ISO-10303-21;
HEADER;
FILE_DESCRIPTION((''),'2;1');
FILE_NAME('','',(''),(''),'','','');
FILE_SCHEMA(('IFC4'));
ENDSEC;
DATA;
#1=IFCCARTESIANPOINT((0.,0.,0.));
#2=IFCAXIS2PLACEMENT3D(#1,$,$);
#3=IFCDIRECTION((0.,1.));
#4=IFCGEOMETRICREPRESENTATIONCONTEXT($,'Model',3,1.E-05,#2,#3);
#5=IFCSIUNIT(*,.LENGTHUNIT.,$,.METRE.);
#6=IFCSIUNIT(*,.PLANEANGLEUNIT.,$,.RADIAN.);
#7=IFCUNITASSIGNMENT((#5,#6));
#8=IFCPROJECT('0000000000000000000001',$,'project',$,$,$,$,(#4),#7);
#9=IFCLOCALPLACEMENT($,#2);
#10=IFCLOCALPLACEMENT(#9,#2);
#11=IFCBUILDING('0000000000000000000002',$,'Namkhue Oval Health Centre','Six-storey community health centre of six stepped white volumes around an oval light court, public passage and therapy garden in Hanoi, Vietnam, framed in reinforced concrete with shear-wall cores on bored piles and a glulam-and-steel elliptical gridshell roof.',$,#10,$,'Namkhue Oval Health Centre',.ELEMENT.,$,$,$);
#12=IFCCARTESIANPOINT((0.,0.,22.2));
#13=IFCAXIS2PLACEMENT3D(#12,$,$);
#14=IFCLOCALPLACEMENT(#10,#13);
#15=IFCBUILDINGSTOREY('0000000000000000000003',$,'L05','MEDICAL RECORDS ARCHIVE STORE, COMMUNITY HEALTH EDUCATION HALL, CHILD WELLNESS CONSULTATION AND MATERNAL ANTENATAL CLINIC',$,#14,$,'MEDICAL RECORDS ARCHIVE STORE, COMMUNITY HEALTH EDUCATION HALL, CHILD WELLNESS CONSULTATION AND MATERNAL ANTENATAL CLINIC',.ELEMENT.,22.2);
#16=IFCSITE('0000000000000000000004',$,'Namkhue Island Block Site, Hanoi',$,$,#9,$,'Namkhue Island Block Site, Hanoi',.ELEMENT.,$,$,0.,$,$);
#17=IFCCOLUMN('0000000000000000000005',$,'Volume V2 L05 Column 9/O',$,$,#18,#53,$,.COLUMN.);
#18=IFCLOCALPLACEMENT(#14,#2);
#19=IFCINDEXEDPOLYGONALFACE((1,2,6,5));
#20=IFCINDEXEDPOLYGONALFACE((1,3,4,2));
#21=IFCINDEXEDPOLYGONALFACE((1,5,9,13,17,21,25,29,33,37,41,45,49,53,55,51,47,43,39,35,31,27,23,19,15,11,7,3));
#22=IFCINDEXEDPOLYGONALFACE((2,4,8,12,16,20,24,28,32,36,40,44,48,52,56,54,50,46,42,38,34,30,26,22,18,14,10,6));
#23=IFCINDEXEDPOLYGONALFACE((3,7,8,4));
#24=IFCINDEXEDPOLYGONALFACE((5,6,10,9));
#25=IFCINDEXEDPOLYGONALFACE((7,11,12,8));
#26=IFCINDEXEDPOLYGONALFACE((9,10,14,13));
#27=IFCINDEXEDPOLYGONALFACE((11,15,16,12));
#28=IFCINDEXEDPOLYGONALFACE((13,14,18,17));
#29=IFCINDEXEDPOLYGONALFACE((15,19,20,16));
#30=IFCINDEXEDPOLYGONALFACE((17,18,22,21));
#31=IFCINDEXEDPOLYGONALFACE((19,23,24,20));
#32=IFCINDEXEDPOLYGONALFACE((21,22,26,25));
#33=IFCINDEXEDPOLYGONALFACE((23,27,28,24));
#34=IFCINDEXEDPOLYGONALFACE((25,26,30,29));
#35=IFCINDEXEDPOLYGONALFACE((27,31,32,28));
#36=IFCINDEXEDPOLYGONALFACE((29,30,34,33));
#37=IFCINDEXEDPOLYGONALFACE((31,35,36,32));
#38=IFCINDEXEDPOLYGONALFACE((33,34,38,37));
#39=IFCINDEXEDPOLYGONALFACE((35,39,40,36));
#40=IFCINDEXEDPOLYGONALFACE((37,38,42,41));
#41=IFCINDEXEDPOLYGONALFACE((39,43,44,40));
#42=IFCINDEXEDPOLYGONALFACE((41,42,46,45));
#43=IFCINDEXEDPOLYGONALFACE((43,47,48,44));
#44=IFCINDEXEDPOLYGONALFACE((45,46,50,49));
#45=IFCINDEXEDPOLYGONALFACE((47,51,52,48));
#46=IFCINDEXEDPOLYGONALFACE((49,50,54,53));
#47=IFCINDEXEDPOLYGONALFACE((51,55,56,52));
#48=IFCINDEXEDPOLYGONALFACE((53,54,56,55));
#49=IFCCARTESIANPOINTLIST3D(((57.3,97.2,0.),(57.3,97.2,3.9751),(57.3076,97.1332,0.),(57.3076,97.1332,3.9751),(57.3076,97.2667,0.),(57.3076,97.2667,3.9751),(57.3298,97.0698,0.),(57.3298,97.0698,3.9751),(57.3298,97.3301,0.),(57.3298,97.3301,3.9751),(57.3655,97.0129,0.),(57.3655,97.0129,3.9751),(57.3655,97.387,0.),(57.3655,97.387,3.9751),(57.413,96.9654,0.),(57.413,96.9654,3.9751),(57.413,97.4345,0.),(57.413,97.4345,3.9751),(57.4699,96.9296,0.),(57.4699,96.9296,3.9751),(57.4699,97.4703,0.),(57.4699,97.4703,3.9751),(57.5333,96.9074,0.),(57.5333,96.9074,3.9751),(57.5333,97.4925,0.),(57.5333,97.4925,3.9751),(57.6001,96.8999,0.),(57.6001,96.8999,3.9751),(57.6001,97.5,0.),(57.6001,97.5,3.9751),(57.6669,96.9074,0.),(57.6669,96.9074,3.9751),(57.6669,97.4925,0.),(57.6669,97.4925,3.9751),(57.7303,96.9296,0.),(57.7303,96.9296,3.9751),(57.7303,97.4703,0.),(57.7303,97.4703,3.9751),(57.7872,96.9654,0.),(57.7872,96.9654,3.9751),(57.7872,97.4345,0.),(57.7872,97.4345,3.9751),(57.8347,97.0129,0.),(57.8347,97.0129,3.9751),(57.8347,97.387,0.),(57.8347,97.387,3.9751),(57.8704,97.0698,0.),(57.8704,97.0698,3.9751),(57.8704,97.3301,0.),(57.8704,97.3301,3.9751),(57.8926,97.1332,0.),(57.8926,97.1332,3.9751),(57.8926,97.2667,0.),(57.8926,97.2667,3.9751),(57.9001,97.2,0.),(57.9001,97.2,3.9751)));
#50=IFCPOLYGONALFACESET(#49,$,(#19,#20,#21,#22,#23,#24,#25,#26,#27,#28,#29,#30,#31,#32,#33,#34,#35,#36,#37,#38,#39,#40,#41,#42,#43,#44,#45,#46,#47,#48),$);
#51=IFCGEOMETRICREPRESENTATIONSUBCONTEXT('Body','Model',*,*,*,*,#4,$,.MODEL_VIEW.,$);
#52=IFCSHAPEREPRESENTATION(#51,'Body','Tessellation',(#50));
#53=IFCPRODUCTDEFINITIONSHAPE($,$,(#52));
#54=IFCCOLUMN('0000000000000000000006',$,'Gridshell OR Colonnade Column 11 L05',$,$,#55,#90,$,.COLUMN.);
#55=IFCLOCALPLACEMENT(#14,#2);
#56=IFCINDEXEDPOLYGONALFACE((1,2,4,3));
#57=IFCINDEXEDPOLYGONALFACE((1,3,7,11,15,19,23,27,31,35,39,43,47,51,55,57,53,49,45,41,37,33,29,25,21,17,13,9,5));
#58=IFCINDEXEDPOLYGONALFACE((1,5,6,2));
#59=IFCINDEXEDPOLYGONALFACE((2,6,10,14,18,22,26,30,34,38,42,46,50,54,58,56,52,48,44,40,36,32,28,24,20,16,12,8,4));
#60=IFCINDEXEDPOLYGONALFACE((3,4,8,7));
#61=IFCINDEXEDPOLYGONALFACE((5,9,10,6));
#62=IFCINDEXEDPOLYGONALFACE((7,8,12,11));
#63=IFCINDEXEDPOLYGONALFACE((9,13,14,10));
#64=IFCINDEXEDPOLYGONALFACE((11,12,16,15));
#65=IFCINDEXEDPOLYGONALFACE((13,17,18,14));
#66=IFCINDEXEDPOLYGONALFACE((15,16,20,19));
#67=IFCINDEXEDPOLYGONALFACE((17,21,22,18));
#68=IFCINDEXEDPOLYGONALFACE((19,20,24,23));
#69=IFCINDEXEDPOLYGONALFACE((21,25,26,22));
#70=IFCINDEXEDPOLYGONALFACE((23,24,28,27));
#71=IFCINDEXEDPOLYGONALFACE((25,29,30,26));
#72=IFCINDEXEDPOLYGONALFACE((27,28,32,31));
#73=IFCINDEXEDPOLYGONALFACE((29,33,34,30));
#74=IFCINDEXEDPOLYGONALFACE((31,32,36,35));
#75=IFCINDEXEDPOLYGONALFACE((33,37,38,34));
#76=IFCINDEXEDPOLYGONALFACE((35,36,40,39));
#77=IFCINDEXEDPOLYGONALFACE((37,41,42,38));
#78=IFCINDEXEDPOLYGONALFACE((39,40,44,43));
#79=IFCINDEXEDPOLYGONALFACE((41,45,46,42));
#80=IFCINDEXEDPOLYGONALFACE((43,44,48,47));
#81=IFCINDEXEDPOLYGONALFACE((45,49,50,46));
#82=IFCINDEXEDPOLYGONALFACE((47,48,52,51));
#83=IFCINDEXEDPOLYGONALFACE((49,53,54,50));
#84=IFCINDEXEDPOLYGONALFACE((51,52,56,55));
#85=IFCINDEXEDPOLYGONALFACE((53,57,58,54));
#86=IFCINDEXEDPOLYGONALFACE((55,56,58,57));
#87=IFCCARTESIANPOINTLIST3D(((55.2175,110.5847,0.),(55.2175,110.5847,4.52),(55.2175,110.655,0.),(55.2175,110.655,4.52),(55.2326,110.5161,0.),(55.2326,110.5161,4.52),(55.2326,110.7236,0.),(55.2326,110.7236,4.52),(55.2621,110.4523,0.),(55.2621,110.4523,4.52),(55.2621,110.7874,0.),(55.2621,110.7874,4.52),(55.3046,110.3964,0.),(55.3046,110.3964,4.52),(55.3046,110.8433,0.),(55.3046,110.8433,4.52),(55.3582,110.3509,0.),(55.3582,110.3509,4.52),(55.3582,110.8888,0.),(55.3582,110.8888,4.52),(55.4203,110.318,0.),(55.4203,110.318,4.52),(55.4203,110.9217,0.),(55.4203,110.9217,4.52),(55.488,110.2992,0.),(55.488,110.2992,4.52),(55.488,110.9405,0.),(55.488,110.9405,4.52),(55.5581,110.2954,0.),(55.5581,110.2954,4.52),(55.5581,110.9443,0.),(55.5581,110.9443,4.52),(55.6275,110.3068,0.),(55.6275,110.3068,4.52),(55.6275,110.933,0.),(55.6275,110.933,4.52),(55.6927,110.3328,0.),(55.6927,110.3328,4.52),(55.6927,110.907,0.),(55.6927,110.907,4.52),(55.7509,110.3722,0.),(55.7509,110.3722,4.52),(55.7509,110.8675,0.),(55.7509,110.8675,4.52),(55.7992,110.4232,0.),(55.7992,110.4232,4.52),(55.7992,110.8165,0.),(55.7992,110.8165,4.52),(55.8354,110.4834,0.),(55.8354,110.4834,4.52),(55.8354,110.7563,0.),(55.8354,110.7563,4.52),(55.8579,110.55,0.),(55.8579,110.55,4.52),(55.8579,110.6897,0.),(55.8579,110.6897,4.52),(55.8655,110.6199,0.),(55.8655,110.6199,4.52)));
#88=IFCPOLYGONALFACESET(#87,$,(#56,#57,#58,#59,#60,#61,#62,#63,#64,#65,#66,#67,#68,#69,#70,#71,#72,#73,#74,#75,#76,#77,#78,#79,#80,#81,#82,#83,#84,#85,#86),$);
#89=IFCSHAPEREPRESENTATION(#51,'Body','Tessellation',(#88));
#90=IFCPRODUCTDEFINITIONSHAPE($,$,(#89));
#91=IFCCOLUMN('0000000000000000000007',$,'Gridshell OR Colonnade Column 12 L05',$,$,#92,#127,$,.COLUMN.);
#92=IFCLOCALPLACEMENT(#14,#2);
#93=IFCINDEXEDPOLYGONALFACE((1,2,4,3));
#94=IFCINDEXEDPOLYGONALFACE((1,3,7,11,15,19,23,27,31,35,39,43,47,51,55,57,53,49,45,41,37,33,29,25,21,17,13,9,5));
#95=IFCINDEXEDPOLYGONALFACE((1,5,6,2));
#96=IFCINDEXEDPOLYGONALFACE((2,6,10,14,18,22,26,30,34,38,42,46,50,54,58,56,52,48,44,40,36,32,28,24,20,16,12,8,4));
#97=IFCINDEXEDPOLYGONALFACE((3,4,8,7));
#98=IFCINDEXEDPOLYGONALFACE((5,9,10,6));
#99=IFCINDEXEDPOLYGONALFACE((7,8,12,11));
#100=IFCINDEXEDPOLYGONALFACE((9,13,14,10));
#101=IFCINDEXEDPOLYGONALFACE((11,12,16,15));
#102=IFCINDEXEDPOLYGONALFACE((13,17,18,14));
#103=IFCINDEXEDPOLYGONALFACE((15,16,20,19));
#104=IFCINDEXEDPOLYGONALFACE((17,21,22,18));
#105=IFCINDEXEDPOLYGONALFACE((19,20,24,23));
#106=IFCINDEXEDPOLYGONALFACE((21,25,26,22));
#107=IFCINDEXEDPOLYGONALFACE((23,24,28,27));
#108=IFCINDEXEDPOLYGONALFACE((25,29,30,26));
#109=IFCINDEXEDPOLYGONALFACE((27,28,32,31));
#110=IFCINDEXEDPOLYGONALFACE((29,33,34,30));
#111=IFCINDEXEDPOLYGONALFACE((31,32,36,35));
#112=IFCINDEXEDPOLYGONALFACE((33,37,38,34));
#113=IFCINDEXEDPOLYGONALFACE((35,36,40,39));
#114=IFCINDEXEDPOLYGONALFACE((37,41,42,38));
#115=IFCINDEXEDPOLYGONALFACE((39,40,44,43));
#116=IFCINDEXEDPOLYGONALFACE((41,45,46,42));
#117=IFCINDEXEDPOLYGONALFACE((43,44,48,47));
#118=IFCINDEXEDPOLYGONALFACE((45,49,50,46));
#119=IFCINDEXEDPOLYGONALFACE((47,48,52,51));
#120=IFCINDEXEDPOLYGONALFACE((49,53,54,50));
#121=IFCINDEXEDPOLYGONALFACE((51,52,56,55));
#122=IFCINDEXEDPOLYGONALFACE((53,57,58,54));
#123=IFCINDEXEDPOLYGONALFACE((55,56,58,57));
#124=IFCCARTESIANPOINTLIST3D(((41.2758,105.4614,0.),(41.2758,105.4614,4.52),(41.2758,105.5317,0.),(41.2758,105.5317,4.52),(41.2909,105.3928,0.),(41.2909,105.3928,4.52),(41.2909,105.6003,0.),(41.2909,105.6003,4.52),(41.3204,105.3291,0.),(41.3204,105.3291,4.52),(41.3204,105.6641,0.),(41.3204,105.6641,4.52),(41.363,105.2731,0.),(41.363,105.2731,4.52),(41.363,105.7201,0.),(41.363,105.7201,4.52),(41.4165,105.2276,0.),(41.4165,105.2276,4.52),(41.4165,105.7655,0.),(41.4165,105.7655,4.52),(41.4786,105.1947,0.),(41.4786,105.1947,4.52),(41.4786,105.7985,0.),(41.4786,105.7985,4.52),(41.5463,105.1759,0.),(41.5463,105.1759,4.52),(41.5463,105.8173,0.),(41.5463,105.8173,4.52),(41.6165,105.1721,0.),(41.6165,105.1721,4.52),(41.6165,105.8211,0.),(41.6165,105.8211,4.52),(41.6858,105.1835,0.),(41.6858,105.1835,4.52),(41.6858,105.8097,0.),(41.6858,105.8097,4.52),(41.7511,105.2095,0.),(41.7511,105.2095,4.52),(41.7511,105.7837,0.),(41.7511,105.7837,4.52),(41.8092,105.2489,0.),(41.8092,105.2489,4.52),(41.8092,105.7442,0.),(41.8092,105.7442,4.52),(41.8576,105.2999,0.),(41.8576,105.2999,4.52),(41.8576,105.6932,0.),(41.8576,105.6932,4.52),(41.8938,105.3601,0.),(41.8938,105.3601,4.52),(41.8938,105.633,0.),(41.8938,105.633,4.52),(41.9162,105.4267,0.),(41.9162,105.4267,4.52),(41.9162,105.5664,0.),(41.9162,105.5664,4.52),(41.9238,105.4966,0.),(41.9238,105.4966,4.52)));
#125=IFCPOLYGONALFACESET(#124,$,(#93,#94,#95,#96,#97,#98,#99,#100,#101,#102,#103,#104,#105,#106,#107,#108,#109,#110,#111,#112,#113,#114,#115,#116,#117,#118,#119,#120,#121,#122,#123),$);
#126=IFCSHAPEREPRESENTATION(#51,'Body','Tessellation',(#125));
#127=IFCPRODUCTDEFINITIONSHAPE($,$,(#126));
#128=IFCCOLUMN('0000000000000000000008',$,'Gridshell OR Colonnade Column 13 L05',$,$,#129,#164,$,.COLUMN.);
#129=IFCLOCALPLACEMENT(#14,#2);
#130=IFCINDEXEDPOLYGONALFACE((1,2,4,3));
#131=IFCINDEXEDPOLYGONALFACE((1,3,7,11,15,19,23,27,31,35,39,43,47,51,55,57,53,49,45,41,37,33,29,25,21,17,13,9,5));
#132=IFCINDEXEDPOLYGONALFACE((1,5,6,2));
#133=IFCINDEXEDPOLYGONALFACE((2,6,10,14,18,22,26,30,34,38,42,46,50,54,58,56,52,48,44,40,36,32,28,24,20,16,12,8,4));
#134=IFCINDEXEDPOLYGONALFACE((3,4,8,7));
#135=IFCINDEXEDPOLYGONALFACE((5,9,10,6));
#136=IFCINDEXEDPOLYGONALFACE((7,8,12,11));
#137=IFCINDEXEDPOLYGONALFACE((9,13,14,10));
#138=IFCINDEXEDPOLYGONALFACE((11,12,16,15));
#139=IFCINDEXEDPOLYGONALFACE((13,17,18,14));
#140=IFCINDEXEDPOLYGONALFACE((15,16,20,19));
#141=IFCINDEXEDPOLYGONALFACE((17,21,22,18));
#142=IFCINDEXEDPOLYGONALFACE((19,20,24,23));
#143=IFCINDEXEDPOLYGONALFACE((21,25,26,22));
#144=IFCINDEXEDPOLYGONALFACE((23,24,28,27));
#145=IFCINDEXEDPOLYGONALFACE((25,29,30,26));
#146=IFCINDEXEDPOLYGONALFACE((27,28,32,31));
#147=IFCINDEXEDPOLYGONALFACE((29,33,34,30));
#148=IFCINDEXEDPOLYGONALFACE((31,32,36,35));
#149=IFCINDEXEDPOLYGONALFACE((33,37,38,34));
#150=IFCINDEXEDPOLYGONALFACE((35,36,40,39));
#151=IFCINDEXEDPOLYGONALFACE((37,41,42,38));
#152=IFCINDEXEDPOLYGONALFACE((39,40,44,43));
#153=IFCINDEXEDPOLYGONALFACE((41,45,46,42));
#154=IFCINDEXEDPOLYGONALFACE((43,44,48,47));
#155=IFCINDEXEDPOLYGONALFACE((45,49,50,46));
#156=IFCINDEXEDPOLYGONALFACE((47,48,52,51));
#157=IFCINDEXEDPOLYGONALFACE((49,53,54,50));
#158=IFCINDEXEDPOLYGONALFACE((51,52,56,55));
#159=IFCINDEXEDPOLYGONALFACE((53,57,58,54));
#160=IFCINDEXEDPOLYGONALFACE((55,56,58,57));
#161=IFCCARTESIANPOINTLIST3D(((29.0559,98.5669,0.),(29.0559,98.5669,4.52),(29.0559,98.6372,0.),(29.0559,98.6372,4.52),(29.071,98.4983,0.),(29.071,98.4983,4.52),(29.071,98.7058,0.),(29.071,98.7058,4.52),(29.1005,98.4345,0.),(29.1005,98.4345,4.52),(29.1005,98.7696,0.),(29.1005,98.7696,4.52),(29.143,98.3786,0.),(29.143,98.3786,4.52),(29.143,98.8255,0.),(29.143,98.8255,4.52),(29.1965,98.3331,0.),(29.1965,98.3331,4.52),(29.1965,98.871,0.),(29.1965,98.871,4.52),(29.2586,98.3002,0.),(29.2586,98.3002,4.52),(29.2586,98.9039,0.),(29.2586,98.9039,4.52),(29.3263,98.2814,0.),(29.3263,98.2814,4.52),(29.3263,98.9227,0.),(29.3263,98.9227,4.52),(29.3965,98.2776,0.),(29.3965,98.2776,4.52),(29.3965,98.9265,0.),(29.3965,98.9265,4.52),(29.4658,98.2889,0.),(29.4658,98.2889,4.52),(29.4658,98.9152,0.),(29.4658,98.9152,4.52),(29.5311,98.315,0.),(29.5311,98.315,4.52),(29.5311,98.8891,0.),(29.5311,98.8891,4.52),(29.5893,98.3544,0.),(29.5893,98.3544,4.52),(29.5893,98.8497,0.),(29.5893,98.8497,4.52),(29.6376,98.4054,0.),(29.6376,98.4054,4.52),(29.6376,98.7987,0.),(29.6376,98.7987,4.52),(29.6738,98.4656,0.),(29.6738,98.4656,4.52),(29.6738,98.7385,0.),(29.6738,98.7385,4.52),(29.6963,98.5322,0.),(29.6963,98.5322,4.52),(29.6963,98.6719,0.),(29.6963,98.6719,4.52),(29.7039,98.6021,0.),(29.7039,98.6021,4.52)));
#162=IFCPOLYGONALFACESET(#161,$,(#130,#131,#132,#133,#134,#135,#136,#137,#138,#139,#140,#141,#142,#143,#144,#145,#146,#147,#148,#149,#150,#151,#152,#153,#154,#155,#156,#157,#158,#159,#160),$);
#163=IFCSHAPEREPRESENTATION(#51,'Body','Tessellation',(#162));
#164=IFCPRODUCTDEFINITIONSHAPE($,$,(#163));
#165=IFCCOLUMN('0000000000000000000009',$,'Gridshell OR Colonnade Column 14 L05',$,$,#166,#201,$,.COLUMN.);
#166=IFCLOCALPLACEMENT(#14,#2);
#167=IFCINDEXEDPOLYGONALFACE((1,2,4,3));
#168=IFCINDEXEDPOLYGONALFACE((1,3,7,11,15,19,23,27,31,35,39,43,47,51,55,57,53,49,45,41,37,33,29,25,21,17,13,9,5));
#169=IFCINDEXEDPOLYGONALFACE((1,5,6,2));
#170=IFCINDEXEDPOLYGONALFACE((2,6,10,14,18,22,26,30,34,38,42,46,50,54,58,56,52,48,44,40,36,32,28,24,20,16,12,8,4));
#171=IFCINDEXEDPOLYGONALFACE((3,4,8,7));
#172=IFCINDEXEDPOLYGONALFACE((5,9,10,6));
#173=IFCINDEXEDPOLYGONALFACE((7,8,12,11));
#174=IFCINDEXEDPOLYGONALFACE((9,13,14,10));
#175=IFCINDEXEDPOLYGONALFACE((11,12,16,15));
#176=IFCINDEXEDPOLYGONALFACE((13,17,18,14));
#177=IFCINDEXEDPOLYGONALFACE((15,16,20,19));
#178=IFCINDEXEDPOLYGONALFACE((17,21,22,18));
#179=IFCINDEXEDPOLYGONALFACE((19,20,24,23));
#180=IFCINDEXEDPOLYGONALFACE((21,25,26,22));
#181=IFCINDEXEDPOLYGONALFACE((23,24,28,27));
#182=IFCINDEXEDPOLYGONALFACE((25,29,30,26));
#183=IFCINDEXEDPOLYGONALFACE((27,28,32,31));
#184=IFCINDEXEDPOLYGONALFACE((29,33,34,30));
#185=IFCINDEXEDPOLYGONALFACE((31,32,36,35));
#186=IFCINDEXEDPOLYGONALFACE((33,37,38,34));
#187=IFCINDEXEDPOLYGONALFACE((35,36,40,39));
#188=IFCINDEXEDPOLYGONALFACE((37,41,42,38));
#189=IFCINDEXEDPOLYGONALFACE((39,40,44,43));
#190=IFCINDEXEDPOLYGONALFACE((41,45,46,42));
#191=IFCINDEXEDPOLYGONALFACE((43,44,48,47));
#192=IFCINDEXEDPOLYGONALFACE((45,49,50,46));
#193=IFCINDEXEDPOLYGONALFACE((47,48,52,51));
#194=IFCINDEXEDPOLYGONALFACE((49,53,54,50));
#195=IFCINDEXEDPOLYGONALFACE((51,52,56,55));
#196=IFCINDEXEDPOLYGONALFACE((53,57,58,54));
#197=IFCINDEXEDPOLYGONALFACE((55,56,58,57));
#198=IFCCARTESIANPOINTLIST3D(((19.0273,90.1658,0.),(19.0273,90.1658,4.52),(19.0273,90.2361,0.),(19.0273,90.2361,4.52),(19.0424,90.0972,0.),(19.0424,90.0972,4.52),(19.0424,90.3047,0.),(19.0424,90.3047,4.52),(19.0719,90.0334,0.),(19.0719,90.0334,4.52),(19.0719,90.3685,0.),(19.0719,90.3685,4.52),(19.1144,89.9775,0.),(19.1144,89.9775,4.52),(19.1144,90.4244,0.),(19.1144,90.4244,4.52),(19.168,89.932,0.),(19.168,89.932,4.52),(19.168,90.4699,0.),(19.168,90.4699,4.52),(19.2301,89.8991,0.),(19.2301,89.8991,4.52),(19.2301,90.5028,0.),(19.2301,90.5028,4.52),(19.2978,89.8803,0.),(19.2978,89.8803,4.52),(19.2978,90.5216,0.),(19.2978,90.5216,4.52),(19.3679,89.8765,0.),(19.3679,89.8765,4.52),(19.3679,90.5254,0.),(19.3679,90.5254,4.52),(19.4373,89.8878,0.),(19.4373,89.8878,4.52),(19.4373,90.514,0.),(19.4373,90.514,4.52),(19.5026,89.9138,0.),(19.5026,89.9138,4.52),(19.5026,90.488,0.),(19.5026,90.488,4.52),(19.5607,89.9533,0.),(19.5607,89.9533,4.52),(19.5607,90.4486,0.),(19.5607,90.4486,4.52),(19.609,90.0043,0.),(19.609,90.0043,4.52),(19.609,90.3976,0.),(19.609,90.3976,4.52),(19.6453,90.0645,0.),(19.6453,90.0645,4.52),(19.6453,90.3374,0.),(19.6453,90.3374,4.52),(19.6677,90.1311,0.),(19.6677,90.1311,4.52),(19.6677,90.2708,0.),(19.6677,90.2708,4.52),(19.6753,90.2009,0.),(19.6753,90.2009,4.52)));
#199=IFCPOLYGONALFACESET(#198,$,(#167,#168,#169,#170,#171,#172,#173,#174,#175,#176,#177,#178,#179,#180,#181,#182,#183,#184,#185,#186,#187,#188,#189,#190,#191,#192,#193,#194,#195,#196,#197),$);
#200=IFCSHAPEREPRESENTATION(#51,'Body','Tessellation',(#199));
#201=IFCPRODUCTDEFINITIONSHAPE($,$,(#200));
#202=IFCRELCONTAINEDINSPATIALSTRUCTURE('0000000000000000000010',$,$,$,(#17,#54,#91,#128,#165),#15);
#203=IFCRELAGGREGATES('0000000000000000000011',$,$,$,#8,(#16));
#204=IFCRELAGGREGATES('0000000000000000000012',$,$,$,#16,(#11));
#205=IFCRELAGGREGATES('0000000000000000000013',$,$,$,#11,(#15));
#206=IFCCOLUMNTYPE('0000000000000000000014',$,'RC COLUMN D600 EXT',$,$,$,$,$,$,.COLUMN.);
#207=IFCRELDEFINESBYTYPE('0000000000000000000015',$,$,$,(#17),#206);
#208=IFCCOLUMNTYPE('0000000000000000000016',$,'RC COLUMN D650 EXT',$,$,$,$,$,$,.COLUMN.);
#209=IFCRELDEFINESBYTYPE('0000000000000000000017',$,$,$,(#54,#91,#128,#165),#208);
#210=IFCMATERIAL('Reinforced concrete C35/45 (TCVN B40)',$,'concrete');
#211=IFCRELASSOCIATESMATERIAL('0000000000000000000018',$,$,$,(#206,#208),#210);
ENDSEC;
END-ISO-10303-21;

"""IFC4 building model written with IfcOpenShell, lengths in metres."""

from ifc_helpers import new_model, si_unit, direction, frame, origin, origin_2d, place, context, subcontext, project, spatial, circle, extrude, material, material_profile, profile_set, type_object, element, save


model = new_model("IFC4")

# Units and contexts
model_context = context("Model", 3, precision=1e-05, world=origin(), true_north=direction((0.0, 1.0)))
body_context = subcontext(model_context, "Body", "Model", "MODEL_VIEW")
ifc_project = project(units=[si_unit("LENGTHUNIT", "METRE"), si_unit("PLANEANGLEUNIT", "RADIAN")], contexts=[model_context])

# Site, building, storey
site_placement = place(None, origin())
site = spatial("IfcSite", under=ifc_project, at=site_placement, Name="Namkhue Island Block Site, Hanoi", LongName="Namkhue Island Block Site, Hanoi", CompositionType="ELEMENT", RefElevation=0.0)
building_placement = place(site_placement, origin())
building = spatial("IfcBuilding", under=site, at=building_placement, Name="Namkhue Oval Health Centre", Description="Six-storey community health centre of six stepped white volumes around an oval light court, public passage and therapy garden in Hanoi, Vietnam, framed in reinforced concrete with shear-wall cores on bored piles and a glulam-and-steel elliptical gridshell roof.", LongName="Namkhue Oval Health Centre", CompositionType="ELEMENT")
storey_placement = place(building_placement, frame((0.0, 0.0, 22.2)))
storey = spatial("IfcBuildingStorey", under=building, at=storey_placement, Name="L05", Description="MEDICAL RECORDS ARCHIVE STORE, COMMUNITY HEALTH EDUCATION HALL, CHILD WELLNESS CONSULTATION AND MATERNAL ANTENATAL CLINIC", LongName="MEDICAL RECORDS ARCHIVE STORE, COMMUNITY HEALTH EDUCATION HALL, CHILD WELLNESS CONSULTATION AND MATERNAL ANTENATAL CLINIC", CompositionType="ELEMENT", Elevation=22.2)

# Columns
ifc_material_1 = material(Name="Reinforced concrete C35/45 (TCVN B40)", Category="concrete")
ifc_material_profile_1 = material_profile(ifc_material_1, circle(Radius=0.3, at=origin_2d()), Name="RC D600")
ifc_profile_set_1 = profile_set([ifc_material_profile_1], Name="Reinforced concrete C35/45 (TCVN B40)")
column_type_1 = type_object("IfcColumnType", Name="RC COLUMN D600 EXT", PredefinedType="COLUMN", material=ifc_profile_set_1)
column_placement = place(storey_placement, frame((57.6001, 97.2, 0.0), z_axis=(0.0, 0.0, 1.0), x_axis=(1.0, 0.0, 0.0)))
element("IfcColumn", 1, at=column_placement, inside=storey, type_object=column_type_1, Name="Volume V2 L05 Column 9/O", PredefinedType="COLUMN", context=body_context, shape_type="SweptSolid", body=[
    extrude(circle(Radius=0.3, at=origin_2d()), origin(), (0.0, 0.0, 1.0), 3.9751),
])
ifc_material_profile_2 = material_profile(ifc_material_1, circle(Radius=0.325, at=origin_2d()), Name="RC D650")
ifc_profile_set_2 = profile_set([ifc_material_profile_2], Name="Reinforced concrete C35/45 (TCVN B40)")
column_type_2 = type_object("IfcColumnType", Name="RC COLUMN D650 EXT", PredefinedType="COLUMN", material=ifc_profile_set_2)
for number, where, z_axis, x_axis, name in (
    (2, (55.5405, 110.6199, 0.0), (0.0, 0.0, 1.0), (1.0, 0.0, 0.0), "Gridshell OR Colonnade Column 11 L05"),
    (3, (41.5989, 105.4966, 0.0), (0.0, 0.0, 1.0), (1.0, 0.0, 0.0), "Gridshell OR Colonnade Column 12 L05"),
    (4, (29.3789, 98.6021, 0.0), (0.0, 0.0, 1.0), (1.0, 0.0, 0.0), "Gridshell OR Colonnade Column 13 L05"),
    (5, (19.3503, 90.2009, 0.0), (0.0, 0.0, 1.0), (1.0, 0.0, 0.0), "Gridshell OR Colonnade Column 14 L05"),
):
    element("IfcColumn", number, at=place(storey_placement, frame(where, z_axis=z_axis, x_axis=x_axis)), inside=storey, type_object=column_type_2, Name=name, PredefinedType="COLUMN", context=body_context, shape_type="SweptSolid", body=[
        extrude(circle(Radius=0.325, at=origin_2d()), origin(), (0.0, 0.0, 1.0), 4.52),
    ])

save(model, "model.ifc")
